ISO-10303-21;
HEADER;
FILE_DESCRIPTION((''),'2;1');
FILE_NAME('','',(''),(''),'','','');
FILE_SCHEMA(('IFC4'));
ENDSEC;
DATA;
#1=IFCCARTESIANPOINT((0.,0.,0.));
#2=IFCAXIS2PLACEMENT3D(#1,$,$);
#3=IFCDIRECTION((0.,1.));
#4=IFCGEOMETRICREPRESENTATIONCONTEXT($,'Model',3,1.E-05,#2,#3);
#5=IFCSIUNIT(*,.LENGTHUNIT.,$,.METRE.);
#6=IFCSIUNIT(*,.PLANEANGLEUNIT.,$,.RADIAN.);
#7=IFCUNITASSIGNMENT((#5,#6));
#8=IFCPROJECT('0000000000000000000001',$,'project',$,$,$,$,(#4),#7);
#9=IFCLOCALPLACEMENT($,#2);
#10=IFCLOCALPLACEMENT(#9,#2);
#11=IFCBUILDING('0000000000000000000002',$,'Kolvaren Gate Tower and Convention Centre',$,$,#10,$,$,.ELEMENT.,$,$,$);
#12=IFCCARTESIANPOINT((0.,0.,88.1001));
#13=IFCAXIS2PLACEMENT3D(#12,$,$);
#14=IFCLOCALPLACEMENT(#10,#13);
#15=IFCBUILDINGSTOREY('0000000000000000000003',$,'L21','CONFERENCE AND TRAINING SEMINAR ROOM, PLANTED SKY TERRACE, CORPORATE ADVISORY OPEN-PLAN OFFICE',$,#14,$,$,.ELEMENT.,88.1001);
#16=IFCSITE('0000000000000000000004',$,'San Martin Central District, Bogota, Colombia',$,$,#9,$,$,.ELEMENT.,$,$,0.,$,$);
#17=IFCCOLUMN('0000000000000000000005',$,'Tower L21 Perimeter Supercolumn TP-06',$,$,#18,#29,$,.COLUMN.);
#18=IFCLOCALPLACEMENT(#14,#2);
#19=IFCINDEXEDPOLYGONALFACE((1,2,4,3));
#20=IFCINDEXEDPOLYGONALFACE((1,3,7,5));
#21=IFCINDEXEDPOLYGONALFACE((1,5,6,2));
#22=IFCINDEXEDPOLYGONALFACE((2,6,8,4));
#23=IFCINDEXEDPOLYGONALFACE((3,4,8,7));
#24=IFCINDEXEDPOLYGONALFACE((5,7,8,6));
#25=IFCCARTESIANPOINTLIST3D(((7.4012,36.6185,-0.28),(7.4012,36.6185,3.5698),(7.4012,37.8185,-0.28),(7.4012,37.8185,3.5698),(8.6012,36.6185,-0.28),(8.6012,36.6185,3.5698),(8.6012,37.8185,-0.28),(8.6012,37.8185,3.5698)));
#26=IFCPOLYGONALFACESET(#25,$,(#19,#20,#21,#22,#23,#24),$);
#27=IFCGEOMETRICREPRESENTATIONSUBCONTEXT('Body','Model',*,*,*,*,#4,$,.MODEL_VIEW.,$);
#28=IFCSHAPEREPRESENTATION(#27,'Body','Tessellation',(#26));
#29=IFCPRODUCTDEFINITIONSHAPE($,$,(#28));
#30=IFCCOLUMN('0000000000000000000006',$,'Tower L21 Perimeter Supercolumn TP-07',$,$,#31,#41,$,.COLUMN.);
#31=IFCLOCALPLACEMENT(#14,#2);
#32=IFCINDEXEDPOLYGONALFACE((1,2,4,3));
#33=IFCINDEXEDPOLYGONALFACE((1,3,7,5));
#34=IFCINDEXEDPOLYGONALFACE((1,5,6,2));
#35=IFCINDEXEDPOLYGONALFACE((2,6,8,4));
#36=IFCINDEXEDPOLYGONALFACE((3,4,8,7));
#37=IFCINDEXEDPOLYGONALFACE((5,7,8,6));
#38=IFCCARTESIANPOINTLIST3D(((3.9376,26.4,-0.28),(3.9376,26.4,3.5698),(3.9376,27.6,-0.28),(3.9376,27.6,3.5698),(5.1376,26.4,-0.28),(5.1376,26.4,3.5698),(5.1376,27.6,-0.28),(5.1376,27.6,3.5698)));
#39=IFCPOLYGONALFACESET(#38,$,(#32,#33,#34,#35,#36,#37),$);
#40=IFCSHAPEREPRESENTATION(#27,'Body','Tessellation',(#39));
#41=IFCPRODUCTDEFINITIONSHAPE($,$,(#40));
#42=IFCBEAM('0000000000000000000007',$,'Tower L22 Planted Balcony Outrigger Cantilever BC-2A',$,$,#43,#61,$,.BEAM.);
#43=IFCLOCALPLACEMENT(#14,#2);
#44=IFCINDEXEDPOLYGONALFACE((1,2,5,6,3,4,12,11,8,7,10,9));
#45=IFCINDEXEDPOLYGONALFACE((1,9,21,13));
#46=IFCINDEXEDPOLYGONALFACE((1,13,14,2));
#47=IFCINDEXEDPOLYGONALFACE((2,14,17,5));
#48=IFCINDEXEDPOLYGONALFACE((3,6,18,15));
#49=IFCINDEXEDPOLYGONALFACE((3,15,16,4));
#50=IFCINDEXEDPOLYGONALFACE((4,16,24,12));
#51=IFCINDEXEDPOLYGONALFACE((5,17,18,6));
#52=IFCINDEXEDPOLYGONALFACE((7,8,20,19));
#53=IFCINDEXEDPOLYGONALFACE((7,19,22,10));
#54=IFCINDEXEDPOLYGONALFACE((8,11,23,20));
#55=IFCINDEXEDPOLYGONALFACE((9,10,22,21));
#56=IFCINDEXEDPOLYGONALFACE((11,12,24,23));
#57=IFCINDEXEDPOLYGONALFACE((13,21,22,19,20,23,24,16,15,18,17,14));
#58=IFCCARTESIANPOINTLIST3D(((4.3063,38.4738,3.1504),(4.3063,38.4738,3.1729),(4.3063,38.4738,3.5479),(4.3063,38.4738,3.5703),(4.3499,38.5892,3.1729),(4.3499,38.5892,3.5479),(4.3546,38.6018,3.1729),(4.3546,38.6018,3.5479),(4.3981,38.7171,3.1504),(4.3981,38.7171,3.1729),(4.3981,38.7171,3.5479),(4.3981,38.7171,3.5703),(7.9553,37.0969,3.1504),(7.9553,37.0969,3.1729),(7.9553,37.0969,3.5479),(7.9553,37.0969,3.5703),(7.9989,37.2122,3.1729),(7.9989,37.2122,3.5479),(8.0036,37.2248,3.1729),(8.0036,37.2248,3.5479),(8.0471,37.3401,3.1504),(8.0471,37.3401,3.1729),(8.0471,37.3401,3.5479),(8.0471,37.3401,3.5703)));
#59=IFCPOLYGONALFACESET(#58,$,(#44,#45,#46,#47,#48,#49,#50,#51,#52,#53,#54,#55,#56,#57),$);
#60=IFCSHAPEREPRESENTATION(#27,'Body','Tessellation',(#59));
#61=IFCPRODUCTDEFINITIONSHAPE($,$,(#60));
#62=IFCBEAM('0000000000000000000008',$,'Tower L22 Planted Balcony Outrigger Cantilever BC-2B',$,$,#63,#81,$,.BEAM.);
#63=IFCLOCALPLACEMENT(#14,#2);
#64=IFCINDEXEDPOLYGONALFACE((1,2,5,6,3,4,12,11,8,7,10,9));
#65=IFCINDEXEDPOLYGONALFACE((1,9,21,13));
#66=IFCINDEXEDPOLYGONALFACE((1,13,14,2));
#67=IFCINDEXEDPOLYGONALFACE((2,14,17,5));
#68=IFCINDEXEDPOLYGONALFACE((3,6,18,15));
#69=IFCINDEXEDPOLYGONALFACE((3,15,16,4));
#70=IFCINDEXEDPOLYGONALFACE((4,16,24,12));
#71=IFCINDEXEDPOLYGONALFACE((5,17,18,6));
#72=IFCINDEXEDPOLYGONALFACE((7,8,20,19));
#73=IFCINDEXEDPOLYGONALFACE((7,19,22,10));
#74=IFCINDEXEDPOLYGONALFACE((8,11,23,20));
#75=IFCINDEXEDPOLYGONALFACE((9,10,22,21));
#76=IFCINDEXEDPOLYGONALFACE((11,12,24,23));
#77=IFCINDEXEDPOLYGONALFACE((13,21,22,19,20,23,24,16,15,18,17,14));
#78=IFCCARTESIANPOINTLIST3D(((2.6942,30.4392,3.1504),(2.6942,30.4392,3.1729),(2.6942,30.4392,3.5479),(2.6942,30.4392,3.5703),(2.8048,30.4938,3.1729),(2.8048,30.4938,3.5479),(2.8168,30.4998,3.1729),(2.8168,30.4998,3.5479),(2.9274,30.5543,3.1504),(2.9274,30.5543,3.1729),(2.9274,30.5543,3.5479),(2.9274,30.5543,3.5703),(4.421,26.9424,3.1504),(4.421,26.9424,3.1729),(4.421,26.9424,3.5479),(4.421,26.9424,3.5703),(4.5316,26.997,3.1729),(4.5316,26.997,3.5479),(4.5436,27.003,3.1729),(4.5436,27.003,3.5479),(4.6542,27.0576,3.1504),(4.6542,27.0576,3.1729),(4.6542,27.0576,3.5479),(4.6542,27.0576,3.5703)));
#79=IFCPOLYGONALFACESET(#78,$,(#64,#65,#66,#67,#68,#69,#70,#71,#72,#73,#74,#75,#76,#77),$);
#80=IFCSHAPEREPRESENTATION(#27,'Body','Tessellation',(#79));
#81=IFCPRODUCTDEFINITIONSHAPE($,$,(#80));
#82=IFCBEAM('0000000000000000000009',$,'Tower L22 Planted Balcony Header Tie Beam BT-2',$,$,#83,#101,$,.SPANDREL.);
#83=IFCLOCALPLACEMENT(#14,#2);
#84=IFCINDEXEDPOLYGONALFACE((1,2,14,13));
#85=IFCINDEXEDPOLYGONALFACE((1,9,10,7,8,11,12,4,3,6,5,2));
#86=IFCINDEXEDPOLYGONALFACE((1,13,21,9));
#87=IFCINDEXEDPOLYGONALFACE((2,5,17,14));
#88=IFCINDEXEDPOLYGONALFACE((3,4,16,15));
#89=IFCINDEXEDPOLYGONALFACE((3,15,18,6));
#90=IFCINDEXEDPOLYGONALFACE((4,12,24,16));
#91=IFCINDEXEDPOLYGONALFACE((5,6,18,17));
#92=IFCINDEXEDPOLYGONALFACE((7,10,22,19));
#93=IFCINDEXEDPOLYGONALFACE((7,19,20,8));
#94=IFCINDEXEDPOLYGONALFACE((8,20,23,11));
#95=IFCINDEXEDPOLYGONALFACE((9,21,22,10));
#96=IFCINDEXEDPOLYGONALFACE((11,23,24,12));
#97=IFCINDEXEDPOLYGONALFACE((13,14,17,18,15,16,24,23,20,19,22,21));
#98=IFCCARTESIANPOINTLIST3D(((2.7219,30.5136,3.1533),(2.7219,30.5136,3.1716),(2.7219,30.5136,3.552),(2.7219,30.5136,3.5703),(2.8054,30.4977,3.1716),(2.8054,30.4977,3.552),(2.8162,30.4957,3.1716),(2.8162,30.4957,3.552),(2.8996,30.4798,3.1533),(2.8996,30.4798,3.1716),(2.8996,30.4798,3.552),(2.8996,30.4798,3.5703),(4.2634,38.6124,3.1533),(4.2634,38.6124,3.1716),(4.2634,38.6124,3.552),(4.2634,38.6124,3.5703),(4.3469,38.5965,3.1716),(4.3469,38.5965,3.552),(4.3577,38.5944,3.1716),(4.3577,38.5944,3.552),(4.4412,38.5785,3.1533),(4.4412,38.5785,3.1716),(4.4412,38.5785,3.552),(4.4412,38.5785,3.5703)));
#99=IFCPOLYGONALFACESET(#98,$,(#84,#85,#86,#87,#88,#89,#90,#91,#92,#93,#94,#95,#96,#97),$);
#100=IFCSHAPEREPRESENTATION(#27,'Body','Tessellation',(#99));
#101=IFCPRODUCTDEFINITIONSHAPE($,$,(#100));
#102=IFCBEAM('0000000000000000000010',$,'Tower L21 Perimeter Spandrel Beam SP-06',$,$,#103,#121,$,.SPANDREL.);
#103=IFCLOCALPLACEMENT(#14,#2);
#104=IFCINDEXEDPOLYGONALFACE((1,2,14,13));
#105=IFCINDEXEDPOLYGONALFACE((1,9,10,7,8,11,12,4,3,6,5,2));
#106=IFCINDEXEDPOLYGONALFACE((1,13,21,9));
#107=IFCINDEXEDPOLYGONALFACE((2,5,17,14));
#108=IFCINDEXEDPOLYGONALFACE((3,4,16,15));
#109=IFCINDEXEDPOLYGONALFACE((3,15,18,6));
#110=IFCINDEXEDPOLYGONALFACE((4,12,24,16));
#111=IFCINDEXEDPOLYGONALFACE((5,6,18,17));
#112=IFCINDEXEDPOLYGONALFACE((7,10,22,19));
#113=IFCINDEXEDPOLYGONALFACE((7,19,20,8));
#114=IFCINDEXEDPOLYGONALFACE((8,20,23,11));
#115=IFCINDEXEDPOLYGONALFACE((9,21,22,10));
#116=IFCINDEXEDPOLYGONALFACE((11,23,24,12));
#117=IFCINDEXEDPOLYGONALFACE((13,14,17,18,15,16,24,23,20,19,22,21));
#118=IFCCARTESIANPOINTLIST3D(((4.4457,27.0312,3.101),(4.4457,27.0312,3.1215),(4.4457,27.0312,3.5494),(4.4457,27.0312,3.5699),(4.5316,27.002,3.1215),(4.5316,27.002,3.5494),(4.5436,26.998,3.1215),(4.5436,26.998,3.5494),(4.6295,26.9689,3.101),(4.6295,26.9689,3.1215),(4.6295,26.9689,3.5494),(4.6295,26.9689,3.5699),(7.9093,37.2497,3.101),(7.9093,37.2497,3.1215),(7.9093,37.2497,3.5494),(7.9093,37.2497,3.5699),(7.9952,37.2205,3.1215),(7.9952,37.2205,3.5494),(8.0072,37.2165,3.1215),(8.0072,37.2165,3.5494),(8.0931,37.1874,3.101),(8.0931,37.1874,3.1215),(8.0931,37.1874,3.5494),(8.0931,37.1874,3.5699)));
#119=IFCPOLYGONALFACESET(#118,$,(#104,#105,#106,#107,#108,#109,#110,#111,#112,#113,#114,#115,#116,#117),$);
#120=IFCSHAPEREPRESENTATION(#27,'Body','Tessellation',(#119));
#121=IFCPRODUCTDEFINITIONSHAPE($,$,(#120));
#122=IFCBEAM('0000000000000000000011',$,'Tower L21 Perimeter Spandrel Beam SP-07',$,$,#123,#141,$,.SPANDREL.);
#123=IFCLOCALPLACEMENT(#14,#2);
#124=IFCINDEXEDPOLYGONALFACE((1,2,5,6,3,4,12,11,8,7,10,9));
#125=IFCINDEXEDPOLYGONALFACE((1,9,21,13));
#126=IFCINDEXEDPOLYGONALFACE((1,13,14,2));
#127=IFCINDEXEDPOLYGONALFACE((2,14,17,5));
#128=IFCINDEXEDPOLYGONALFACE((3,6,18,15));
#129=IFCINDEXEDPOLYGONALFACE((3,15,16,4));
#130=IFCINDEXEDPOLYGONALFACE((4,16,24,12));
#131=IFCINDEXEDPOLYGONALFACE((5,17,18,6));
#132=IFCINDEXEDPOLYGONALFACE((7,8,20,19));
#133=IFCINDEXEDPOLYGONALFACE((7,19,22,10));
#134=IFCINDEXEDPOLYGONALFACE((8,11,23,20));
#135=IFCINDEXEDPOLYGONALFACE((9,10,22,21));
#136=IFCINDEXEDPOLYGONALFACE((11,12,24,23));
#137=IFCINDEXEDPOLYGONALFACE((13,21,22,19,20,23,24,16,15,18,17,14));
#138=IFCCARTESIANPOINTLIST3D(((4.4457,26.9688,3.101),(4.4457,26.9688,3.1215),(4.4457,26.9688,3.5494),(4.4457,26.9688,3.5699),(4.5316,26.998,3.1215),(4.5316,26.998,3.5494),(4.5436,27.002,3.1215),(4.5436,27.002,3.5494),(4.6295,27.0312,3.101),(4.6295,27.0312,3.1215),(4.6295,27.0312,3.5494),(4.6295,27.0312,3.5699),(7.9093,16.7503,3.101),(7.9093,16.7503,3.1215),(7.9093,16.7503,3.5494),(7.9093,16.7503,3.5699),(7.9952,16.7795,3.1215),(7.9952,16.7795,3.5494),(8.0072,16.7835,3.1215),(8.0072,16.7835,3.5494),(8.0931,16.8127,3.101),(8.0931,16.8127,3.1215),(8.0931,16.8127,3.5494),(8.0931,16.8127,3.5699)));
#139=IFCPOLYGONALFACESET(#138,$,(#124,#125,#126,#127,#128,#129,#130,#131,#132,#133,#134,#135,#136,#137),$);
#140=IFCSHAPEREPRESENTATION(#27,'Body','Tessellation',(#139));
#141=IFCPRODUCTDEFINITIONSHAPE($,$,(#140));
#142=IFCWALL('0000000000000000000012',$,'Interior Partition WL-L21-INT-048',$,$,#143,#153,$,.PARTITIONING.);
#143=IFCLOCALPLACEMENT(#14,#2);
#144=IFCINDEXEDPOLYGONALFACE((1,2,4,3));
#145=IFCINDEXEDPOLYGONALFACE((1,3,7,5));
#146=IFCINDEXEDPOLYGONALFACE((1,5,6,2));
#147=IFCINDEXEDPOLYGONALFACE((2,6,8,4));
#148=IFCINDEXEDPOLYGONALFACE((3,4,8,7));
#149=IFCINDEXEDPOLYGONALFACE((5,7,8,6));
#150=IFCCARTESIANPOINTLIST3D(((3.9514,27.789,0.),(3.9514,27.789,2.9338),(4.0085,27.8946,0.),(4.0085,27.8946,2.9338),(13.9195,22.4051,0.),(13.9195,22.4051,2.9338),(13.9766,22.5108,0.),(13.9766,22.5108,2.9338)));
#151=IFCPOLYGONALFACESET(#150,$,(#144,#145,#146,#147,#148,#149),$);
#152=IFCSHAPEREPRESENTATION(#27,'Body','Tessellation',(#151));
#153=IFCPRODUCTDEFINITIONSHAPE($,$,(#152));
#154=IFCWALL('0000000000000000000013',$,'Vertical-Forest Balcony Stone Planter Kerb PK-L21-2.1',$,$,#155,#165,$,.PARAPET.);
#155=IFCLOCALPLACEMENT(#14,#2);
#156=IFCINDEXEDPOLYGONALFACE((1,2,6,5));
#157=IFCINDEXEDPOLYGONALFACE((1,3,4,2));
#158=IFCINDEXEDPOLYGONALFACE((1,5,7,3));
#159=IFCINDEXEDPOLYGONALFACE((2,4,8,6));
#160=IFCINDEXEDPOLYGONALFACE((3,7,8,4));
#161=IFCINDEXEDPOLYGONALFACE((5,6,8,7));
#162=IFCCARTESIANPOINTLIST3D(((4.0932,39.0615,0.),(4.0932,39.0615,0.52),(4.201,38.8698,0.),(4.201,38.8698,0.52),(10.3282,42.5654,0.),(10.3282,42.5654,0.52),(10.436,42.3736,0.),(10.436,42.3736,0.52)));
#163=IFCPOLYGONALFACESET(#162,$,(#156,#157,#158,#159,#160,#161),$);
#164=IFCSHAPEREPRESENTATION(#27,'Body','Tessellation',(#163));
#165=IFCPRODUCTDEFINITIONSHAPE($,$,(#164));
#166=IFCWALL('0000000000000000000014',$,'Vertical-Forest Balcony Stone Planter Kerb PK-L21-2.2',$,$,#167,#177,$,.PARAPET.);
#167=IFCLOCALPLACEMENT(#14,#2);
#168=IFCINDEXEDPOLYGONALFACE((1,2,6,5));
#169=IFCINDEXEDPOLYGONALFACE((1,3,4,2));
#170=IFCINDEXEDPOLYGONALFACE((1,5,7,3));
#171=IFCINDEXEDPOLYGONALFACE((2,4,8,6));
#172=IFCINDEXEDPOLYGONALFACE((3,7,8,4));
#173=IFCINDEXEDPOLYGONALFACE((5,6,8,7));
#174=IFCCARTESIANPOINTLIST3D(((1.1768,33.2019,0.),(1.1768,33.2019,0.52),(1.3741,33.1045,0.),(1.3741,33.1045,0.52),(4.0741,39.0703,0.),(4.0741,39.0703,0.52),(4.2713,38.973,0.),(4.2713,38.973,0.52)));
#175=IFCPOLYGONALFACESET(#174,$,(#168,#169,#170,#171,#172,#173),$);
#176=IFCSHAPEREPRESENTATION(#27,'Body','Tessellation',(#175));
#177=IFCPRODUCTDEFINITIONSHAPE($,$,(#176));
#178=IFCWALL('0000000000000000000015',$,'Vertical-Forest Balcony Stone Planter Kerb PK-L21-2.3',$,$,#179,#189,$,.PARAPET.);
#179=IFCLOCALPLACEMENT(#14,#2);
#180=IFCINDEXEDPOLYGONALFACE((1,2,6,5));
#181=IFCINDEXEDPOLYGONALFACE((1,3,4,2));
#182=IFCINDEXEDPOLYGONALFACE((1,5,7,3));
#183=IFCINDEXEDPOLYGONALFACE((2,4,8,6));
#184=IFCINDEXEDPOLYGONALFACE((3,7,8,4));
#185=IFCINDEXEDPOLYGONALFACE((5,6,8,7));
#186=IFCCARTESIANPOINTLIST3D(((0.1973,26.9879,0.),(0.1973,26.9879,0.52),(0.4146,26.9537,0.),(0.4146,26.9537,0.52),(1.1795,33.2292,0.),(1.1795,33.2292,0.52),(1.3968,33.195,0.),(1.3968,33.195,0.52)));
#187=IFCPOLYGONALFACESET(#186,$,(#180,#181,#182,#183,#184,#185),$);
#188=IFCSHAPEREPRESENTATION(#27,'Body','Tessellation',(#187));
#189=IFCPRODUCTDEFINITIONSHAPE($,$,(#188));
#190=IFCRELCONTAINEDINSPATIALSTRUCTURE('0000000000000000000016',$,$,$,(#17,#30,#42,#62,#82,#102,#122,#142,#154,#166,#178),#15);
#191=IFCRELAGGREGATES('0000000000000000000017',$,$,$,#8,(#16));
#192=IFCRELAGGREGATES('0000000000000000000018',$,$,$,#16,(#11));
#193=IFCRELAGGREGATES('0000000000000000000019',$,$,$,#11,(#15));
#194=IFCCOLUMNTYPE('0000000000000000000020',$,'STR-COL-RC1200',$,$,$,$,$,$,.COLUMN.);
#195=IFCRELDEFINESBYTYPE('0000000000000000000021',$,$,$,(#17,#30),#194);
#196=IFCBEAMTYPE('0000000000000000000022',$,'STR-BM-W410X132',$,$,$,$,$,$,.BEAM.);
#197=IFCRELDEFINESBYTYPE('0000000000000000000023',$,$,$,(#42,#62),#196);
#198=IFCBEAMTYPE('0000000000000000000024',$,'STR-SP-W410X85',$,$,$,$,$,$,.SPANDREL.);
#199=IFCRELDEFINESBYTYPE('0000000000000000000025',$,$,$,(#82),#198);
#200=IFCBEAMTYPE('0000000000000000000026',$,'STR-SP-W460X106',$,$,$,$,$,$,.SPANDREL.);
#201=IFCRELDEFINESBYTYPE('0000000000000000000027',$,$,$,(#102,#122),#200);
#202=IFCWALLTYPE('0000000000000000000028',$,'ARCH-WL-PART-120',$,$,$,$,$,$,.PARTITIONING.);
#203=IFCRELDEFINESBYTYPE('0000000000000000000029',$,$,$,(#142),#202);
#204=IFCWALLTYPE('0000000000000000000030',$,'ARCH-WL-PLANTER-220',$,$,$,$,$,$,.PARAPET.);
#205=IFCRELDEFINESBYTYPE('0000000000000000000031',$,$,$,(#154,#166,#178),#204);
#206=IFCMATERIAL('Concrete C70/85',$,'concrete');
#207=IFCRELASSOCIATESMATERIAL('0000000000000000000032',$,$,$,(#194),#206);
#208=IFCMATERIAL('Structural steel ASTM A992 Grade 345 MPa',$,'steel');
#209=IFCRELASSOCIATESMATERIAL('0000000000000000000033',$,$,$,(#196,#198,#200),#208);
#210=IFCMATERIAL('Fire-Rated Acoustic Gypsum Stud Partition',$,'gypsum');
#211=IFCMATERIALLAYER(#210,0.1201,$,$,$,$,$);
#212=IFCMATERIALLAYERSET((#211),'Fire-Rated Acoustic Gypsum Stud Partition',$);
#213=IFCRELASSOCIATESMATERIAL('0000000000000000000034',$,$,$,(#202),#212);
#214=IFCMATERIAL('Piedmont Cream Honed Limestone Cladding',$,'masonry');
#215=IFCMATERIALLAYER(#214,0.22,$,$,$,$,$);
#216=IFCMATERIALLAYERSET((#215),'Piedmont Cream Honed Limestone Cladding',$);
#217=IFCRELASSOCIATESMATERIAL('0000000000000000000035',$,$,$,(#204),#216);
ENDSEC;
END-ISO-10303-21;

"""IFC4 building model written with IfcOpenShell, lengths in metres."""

from ifc_helpers import new_model, si_unit, direction, frame, frame_2d, origin, origin_2d, place, context, subcontext, project, spatial, rectangle, i_section, extrude, material, layer, layer_set, material_profile, profile_set, type_object, element, save


model = new_model("IFC4")

# Units and contexts
model_context = context("Model", 3, precision=1e-05, world=origin(), true_north=direction((0.0, 1.0)))
body_context = subcontext(model_context, "Body", "Model", "MODEL_VIEW")
ifc_project = project(units=[si_unit("LENGTHUNIT", "METRE"), si_unit("PLANEANGLEUNIT", "RADIAN")], contexts=[model_context])

# Site, building, storey
site_placement = place(None, origin())
site = spatial("IfcSite", under=ifc_project, at=site_placement, Name="San Martin Central District, Bogota, Colombia", CompositionType="ELEMENT", RefElevation=0.0)
building_placement = place(site_placement, origin())
building = spatial("IfcBuilding", under=site, at=building_placement, Name="Kolvaren Gate Tower and Convention Centre", CompositionType="ELEMENT")
storey_placement = place(building_placement, frame((0.0, 0.0, 88.1001)))
storey = spatial("IfcBuildingStorey", under=building, at=storey_placement, Name="L21", Description="CONFERENCE AND TRAINING SEMINAR ROOM, PLANTED SKY TERRACE, CORPORATE ADVISORY OPEN-PLAN OFFICE", CompositionType="ELEMENT", Elevation=88.1001)

# Columns
ifc_material_1 = material(Name="Concrete C70/85", Category="concrete")
ifc_material_profile_1 = material_profile(ifc_material_1, rectangle(XDim=1.2, YDim=1.2, at=origin_2d()), Name="RC-COL-1200X1200")
ifc_profile_set_1 = profile_set([ifc_material_profile_1], Name="Concrete C70/85")
column_type = type_object("IfcColumnType", Name="STR-COL-RC1200", PredefinedType="COLUMN", material=ifc_profile_set_1)
for number, where, z_axis, x_axis, name in (
    (1, (8.0012, 37.2185, -0.28), (0.0, 0.0, 1.0), (1.0, 0.0, 0.0), "Tower L21 Perimeter Supercolumn TP-06"),
    (2, (4.5376, 27.0, -0.28), (0.0, 0.0, 1.0), (1.0, 0.0, 0.0), "Tower L21 Perimeter Supercolumn TP-07"),
):
    element("IfcColumn", number, at=place(storey_placement, frame(where, z_axis=z_axis, x_axis=x_axis)), inside=storey, type_object=column_type, Name=name, PredefinedType="COLUMN", context=body_context, shape_type="SweptSolid", body=[
        extrude(rectangle(XDim=1.2, YDim=1.2, at=origin_2d()), origin(), (0.0, 0.0, 1.0), 3.8499),
    ])

# Beams
ifc_material_2 = material(Name="Structural steel ASTM A992 Grade 345 MPa", Category="steel")
ifc_material_profile_2 = material_profile(ifc_material_2, i_section(OverallWidth=0.26, OverallDepth=0.4199, WebThickness=0.0134, FlangeThickness=0.0225, at=origin_2d()), Name="W410X132")
ifc_profile_set_2 = profile_set([ifc_material_profile_2], Name="Structural steel ASTM A992 Grade 345 MPa")
beam_type_1 = type_object("IfcBeamType", Name="STR-BM-W410X132", PredefinedType="BEAM", material=ifc_profile_set_2)
beam_1_placement = place(storey_placement, frame((8.0012, 37.2185, 3.3604), z_axis=(-0.935602, 0.353057, 0.0), x_axis=(-0.353057, -0.935602, 0.0)))
element("IfcBeam", 3, at=beam_1_placement, inside=storey, type_object=beam_type_1, Name="Tower L22 Planted Balcony Outrigger Cantilever BC-2A", PredefinedType="BEAM", context=body_context, shape_type="SweptSolid", body=[
    extrude(i_section(OverallWidth=0.26, OverallDepth=0.4199, WebThickness=0.0134, FlangeThickness=0.0225, at=origin_2d()), origin(), (0.0, 0.0, 1.0), 3.9001),
])
beam_2_placement = place(storey_placement, frame((4.5376, 27.0, 3.3604), z_axis=(-0.442776, 0.896632, 0.0), x_axis=(-0.896632, -0.442776, 0.0)))
element("IfcBeam", 4, at=beam_2_placement, inside=storey, type_object=beam_type_1, Name="Tower L22 Planted Balcony Outrigger Cantilever BC-2B", PredefinedType="BEAM", context=body_context, shape_type="SweptSolid", body=[
    extrude(i_section(OverallWidth=0.26, OverallDepth=0.4199, WebThickness=0.0134, FlangeThickness=0.0225, at=origin_2d()), origin(), (0.0, 0.0, 1.0), 3.8999),
])
ifc_material_profile_3 = material_profile(ifc_material_2, i_section(OverallWidth=0.1809, OverallDepth=0.417, WebThickness=0.011, FlangeThickness=0.0183, at=origin_2d()), Name="W410X85")
ifc_profile_set_3 = profile_set([ifc_material_profile_3], Name="Structural steel ASTM A992 Grade 345 MPa")
beam_type_2 = type_object("IfcBeamType", Name="STR-SP-W410X85", PredefinedType="SPANDREL", material=ifc_profile_set_3)
beam_3_placement = place(storey_placement, frame((4.3523, 38.5955, 3.3618), z_axis=(-0.186984, -0.982363, 0.0), x_axis=(0.982363, -0.186984, 0.0)))
element("IfcBeam", 5, at=beam_3_placement, inside=storey, type_object=beam_type_2, Name="Tower L22 Planted Balcony Header Tie Beam BT-2", PredefinedType="SPANDREL", context=body_context, shape_type="SweptSolid", body=[
    extrude(i_section(OverallWidth=0.1809, OverallDepth=0.417, WebThickness=0.011, FlangeThickness=0.0183, at=origin_2d()), origin(), (0.0, 0.0, 1.0), 8.2441),
])
ifc_material_profile_4 = material_profile(ifc_material_2, i_section(OverallWidth=0.1941, OverallDepth=0.469, WebThickness=0.0127, FlangeThickness=0.0205, at=origin_2d()), Name="W460X106")
ifc_profile_set_4 = profile_set([ifc_material_profile_4], Name="Structural steel ASTM A992 Grade 345 MPa")
beam_type_3 = type_object("IfcBeamType", Name="STR-SP-W460X106", PredefinedType="SPANDREL", material=ifc_profile_set_4)
for number, where, z_axis, x_axis, name in (
    (6, (8.0012, 37.2185, 3.3354), (-0.321016, -0.947074, 0.0), (0.947074, -0.321016, 0.0), "Tower L21 Perimeter Spandrel Beam SP-06"),
    (7, (4.5376, 27.0, 3.3354), (0.321016, -0.947074, 0.0), (0.947074, 0.321016, 0.0), "Tower L21 Perimeter Spandrel Beam SP-07"),
):
    element("IfcBeam", number, at=place(storey_placement, frame(where, z_axis=z_axis, x_axis=x_axis)), inside=storey, type_object=beam_type_3, Name=name, PredefinedType="SPANDREL", context=body_context, shape_type="SweptSolid", body=[
        extrude(i_section(OverallWidth=0.1941, OverallDepth=0.469, WebThickness=0.0127, FlangeThickness=0.0205, at=origin_2d()), origin(), (0.0, 0.0, 1.0), 10.7896),
    ])

# Walls
ifc_material_3 = material(Name="Fire-Rated Acoustic Gypsum Stud Partition", Category="gypsum")
ifc_layer_1 = layer(ifc_material_3, 0.1201)
ifc_layer_set_1 = layer_set([ifc_layer_1], Name="Fire-Rated Acoustic Gypsum Stud Partition")
wall_type_1 = type_object("IfcWallType", Name="ARCH-WL-PART-120", PredefinedType="PARTITIONING", material=ifc_layer_set_1)
wall_1_placement = place(storey_placement, frame((3.98, 27.8418, 0.0), z_axis=(0.0, 0.0, 1.0), x_axis=(0.879866, -0.475221, 0.0)))
element("IfcWall", 8, at=wall_1_placement, inside=storey, type_object=wall_type_1, Name="Interior Partition WL-L21-INT-048", PredefinedType="PARTITIONING", context=body_context, shape_type="SweptSolid", body=[
    extrude(rectangle(XDim=11.3291, YDim=0.1201, at=frame_2d((5.6646, 0.0))), origin(), (0.0, 0.0, 1.0), 2.9338),
])
ifc_material_4 = material(Name="Piedmont Cream Honed Limestone Cladding", Category="masonry")
ifc_layer_2 = layer(ifc_material_4, 0.22)
ifc_layer_set_2 = layer_set([ifc_layer_2], Name="Piedmont Cream Honed Limestone Cladding")
wall_type_2 = type_object("IfcWallType", Name="ARCH-WL-PLANTER-220", PredefinedType="PARAPET", material=ifc_layer_set_2)
wall_2_placement = place(storey_placement, frame((4.147, 38.9656, 0.0), z_axis=(0.0, 0.0, 1.0), x_axis=(0.871775, 0.489906, 0.0)))
element("IfcWall", 9, at=wall_2_placement, inside=storey, type_object=wall_type_2, Name="Vertical-Forest Balcony Stone Planter Kerb PK-L21-2.1", PredefinedType="PARAPET", context=body_context, shape_type="SweptSolid", body=[
    extrude(rectangle(XDim=7.1521, YDim=0.22, at=frame_2d((3.5762, 0.0))), origin(), (0.0, 0.0, 1.0), 0.52),
])
wall_3_placement = place(storey_placement, frame((1.2754, 33.1531, 0.0), z_axis=(0.0, 0.0, 1.0), x_axis=(0.442687, 0.896676, 0.0)))
element("IfcWall", 10, at=wall_3_placement, inside=storey, type_object=wall_type_2, Name="Vertical-Forest Balcony Stone Planter Kerb PK-L21-2.2", PredefinedType="PARAPET", context=body_context, shape_type="SweptSolid", body=[
    extrude(rectangle(XDim=6.5447, YDim=0.22, at=frame_2d((3.2725, 0.0))), origin(), (0.0, 0.0, 1.0), 0.52),
])
wall_4_placement = place(storey_placement, frame((0.3059, 26.9707, 0.0), z_axis=(0.0, 0.0, 1.0), x_axis=(0.155457, 0.987843, 0.0)))
element("IfcWall", 11, at=wall_4_placement, inside=storey, type_object=wall_type_2, Name="Vertical-Forest Balcony Stone Planter Kerb PK-L21-2.3", PredefinedType="PARAPET", context=body_context, shape_type="SweptSolid", body=[
    extrude(rectangle(XDim=6.3181, YDim=0.22, at=frame_2d((3.1592, 0.0))), origin(), (0.0, 0.0, 1.0), 0.52),
])

save(model, "model.ifc")
